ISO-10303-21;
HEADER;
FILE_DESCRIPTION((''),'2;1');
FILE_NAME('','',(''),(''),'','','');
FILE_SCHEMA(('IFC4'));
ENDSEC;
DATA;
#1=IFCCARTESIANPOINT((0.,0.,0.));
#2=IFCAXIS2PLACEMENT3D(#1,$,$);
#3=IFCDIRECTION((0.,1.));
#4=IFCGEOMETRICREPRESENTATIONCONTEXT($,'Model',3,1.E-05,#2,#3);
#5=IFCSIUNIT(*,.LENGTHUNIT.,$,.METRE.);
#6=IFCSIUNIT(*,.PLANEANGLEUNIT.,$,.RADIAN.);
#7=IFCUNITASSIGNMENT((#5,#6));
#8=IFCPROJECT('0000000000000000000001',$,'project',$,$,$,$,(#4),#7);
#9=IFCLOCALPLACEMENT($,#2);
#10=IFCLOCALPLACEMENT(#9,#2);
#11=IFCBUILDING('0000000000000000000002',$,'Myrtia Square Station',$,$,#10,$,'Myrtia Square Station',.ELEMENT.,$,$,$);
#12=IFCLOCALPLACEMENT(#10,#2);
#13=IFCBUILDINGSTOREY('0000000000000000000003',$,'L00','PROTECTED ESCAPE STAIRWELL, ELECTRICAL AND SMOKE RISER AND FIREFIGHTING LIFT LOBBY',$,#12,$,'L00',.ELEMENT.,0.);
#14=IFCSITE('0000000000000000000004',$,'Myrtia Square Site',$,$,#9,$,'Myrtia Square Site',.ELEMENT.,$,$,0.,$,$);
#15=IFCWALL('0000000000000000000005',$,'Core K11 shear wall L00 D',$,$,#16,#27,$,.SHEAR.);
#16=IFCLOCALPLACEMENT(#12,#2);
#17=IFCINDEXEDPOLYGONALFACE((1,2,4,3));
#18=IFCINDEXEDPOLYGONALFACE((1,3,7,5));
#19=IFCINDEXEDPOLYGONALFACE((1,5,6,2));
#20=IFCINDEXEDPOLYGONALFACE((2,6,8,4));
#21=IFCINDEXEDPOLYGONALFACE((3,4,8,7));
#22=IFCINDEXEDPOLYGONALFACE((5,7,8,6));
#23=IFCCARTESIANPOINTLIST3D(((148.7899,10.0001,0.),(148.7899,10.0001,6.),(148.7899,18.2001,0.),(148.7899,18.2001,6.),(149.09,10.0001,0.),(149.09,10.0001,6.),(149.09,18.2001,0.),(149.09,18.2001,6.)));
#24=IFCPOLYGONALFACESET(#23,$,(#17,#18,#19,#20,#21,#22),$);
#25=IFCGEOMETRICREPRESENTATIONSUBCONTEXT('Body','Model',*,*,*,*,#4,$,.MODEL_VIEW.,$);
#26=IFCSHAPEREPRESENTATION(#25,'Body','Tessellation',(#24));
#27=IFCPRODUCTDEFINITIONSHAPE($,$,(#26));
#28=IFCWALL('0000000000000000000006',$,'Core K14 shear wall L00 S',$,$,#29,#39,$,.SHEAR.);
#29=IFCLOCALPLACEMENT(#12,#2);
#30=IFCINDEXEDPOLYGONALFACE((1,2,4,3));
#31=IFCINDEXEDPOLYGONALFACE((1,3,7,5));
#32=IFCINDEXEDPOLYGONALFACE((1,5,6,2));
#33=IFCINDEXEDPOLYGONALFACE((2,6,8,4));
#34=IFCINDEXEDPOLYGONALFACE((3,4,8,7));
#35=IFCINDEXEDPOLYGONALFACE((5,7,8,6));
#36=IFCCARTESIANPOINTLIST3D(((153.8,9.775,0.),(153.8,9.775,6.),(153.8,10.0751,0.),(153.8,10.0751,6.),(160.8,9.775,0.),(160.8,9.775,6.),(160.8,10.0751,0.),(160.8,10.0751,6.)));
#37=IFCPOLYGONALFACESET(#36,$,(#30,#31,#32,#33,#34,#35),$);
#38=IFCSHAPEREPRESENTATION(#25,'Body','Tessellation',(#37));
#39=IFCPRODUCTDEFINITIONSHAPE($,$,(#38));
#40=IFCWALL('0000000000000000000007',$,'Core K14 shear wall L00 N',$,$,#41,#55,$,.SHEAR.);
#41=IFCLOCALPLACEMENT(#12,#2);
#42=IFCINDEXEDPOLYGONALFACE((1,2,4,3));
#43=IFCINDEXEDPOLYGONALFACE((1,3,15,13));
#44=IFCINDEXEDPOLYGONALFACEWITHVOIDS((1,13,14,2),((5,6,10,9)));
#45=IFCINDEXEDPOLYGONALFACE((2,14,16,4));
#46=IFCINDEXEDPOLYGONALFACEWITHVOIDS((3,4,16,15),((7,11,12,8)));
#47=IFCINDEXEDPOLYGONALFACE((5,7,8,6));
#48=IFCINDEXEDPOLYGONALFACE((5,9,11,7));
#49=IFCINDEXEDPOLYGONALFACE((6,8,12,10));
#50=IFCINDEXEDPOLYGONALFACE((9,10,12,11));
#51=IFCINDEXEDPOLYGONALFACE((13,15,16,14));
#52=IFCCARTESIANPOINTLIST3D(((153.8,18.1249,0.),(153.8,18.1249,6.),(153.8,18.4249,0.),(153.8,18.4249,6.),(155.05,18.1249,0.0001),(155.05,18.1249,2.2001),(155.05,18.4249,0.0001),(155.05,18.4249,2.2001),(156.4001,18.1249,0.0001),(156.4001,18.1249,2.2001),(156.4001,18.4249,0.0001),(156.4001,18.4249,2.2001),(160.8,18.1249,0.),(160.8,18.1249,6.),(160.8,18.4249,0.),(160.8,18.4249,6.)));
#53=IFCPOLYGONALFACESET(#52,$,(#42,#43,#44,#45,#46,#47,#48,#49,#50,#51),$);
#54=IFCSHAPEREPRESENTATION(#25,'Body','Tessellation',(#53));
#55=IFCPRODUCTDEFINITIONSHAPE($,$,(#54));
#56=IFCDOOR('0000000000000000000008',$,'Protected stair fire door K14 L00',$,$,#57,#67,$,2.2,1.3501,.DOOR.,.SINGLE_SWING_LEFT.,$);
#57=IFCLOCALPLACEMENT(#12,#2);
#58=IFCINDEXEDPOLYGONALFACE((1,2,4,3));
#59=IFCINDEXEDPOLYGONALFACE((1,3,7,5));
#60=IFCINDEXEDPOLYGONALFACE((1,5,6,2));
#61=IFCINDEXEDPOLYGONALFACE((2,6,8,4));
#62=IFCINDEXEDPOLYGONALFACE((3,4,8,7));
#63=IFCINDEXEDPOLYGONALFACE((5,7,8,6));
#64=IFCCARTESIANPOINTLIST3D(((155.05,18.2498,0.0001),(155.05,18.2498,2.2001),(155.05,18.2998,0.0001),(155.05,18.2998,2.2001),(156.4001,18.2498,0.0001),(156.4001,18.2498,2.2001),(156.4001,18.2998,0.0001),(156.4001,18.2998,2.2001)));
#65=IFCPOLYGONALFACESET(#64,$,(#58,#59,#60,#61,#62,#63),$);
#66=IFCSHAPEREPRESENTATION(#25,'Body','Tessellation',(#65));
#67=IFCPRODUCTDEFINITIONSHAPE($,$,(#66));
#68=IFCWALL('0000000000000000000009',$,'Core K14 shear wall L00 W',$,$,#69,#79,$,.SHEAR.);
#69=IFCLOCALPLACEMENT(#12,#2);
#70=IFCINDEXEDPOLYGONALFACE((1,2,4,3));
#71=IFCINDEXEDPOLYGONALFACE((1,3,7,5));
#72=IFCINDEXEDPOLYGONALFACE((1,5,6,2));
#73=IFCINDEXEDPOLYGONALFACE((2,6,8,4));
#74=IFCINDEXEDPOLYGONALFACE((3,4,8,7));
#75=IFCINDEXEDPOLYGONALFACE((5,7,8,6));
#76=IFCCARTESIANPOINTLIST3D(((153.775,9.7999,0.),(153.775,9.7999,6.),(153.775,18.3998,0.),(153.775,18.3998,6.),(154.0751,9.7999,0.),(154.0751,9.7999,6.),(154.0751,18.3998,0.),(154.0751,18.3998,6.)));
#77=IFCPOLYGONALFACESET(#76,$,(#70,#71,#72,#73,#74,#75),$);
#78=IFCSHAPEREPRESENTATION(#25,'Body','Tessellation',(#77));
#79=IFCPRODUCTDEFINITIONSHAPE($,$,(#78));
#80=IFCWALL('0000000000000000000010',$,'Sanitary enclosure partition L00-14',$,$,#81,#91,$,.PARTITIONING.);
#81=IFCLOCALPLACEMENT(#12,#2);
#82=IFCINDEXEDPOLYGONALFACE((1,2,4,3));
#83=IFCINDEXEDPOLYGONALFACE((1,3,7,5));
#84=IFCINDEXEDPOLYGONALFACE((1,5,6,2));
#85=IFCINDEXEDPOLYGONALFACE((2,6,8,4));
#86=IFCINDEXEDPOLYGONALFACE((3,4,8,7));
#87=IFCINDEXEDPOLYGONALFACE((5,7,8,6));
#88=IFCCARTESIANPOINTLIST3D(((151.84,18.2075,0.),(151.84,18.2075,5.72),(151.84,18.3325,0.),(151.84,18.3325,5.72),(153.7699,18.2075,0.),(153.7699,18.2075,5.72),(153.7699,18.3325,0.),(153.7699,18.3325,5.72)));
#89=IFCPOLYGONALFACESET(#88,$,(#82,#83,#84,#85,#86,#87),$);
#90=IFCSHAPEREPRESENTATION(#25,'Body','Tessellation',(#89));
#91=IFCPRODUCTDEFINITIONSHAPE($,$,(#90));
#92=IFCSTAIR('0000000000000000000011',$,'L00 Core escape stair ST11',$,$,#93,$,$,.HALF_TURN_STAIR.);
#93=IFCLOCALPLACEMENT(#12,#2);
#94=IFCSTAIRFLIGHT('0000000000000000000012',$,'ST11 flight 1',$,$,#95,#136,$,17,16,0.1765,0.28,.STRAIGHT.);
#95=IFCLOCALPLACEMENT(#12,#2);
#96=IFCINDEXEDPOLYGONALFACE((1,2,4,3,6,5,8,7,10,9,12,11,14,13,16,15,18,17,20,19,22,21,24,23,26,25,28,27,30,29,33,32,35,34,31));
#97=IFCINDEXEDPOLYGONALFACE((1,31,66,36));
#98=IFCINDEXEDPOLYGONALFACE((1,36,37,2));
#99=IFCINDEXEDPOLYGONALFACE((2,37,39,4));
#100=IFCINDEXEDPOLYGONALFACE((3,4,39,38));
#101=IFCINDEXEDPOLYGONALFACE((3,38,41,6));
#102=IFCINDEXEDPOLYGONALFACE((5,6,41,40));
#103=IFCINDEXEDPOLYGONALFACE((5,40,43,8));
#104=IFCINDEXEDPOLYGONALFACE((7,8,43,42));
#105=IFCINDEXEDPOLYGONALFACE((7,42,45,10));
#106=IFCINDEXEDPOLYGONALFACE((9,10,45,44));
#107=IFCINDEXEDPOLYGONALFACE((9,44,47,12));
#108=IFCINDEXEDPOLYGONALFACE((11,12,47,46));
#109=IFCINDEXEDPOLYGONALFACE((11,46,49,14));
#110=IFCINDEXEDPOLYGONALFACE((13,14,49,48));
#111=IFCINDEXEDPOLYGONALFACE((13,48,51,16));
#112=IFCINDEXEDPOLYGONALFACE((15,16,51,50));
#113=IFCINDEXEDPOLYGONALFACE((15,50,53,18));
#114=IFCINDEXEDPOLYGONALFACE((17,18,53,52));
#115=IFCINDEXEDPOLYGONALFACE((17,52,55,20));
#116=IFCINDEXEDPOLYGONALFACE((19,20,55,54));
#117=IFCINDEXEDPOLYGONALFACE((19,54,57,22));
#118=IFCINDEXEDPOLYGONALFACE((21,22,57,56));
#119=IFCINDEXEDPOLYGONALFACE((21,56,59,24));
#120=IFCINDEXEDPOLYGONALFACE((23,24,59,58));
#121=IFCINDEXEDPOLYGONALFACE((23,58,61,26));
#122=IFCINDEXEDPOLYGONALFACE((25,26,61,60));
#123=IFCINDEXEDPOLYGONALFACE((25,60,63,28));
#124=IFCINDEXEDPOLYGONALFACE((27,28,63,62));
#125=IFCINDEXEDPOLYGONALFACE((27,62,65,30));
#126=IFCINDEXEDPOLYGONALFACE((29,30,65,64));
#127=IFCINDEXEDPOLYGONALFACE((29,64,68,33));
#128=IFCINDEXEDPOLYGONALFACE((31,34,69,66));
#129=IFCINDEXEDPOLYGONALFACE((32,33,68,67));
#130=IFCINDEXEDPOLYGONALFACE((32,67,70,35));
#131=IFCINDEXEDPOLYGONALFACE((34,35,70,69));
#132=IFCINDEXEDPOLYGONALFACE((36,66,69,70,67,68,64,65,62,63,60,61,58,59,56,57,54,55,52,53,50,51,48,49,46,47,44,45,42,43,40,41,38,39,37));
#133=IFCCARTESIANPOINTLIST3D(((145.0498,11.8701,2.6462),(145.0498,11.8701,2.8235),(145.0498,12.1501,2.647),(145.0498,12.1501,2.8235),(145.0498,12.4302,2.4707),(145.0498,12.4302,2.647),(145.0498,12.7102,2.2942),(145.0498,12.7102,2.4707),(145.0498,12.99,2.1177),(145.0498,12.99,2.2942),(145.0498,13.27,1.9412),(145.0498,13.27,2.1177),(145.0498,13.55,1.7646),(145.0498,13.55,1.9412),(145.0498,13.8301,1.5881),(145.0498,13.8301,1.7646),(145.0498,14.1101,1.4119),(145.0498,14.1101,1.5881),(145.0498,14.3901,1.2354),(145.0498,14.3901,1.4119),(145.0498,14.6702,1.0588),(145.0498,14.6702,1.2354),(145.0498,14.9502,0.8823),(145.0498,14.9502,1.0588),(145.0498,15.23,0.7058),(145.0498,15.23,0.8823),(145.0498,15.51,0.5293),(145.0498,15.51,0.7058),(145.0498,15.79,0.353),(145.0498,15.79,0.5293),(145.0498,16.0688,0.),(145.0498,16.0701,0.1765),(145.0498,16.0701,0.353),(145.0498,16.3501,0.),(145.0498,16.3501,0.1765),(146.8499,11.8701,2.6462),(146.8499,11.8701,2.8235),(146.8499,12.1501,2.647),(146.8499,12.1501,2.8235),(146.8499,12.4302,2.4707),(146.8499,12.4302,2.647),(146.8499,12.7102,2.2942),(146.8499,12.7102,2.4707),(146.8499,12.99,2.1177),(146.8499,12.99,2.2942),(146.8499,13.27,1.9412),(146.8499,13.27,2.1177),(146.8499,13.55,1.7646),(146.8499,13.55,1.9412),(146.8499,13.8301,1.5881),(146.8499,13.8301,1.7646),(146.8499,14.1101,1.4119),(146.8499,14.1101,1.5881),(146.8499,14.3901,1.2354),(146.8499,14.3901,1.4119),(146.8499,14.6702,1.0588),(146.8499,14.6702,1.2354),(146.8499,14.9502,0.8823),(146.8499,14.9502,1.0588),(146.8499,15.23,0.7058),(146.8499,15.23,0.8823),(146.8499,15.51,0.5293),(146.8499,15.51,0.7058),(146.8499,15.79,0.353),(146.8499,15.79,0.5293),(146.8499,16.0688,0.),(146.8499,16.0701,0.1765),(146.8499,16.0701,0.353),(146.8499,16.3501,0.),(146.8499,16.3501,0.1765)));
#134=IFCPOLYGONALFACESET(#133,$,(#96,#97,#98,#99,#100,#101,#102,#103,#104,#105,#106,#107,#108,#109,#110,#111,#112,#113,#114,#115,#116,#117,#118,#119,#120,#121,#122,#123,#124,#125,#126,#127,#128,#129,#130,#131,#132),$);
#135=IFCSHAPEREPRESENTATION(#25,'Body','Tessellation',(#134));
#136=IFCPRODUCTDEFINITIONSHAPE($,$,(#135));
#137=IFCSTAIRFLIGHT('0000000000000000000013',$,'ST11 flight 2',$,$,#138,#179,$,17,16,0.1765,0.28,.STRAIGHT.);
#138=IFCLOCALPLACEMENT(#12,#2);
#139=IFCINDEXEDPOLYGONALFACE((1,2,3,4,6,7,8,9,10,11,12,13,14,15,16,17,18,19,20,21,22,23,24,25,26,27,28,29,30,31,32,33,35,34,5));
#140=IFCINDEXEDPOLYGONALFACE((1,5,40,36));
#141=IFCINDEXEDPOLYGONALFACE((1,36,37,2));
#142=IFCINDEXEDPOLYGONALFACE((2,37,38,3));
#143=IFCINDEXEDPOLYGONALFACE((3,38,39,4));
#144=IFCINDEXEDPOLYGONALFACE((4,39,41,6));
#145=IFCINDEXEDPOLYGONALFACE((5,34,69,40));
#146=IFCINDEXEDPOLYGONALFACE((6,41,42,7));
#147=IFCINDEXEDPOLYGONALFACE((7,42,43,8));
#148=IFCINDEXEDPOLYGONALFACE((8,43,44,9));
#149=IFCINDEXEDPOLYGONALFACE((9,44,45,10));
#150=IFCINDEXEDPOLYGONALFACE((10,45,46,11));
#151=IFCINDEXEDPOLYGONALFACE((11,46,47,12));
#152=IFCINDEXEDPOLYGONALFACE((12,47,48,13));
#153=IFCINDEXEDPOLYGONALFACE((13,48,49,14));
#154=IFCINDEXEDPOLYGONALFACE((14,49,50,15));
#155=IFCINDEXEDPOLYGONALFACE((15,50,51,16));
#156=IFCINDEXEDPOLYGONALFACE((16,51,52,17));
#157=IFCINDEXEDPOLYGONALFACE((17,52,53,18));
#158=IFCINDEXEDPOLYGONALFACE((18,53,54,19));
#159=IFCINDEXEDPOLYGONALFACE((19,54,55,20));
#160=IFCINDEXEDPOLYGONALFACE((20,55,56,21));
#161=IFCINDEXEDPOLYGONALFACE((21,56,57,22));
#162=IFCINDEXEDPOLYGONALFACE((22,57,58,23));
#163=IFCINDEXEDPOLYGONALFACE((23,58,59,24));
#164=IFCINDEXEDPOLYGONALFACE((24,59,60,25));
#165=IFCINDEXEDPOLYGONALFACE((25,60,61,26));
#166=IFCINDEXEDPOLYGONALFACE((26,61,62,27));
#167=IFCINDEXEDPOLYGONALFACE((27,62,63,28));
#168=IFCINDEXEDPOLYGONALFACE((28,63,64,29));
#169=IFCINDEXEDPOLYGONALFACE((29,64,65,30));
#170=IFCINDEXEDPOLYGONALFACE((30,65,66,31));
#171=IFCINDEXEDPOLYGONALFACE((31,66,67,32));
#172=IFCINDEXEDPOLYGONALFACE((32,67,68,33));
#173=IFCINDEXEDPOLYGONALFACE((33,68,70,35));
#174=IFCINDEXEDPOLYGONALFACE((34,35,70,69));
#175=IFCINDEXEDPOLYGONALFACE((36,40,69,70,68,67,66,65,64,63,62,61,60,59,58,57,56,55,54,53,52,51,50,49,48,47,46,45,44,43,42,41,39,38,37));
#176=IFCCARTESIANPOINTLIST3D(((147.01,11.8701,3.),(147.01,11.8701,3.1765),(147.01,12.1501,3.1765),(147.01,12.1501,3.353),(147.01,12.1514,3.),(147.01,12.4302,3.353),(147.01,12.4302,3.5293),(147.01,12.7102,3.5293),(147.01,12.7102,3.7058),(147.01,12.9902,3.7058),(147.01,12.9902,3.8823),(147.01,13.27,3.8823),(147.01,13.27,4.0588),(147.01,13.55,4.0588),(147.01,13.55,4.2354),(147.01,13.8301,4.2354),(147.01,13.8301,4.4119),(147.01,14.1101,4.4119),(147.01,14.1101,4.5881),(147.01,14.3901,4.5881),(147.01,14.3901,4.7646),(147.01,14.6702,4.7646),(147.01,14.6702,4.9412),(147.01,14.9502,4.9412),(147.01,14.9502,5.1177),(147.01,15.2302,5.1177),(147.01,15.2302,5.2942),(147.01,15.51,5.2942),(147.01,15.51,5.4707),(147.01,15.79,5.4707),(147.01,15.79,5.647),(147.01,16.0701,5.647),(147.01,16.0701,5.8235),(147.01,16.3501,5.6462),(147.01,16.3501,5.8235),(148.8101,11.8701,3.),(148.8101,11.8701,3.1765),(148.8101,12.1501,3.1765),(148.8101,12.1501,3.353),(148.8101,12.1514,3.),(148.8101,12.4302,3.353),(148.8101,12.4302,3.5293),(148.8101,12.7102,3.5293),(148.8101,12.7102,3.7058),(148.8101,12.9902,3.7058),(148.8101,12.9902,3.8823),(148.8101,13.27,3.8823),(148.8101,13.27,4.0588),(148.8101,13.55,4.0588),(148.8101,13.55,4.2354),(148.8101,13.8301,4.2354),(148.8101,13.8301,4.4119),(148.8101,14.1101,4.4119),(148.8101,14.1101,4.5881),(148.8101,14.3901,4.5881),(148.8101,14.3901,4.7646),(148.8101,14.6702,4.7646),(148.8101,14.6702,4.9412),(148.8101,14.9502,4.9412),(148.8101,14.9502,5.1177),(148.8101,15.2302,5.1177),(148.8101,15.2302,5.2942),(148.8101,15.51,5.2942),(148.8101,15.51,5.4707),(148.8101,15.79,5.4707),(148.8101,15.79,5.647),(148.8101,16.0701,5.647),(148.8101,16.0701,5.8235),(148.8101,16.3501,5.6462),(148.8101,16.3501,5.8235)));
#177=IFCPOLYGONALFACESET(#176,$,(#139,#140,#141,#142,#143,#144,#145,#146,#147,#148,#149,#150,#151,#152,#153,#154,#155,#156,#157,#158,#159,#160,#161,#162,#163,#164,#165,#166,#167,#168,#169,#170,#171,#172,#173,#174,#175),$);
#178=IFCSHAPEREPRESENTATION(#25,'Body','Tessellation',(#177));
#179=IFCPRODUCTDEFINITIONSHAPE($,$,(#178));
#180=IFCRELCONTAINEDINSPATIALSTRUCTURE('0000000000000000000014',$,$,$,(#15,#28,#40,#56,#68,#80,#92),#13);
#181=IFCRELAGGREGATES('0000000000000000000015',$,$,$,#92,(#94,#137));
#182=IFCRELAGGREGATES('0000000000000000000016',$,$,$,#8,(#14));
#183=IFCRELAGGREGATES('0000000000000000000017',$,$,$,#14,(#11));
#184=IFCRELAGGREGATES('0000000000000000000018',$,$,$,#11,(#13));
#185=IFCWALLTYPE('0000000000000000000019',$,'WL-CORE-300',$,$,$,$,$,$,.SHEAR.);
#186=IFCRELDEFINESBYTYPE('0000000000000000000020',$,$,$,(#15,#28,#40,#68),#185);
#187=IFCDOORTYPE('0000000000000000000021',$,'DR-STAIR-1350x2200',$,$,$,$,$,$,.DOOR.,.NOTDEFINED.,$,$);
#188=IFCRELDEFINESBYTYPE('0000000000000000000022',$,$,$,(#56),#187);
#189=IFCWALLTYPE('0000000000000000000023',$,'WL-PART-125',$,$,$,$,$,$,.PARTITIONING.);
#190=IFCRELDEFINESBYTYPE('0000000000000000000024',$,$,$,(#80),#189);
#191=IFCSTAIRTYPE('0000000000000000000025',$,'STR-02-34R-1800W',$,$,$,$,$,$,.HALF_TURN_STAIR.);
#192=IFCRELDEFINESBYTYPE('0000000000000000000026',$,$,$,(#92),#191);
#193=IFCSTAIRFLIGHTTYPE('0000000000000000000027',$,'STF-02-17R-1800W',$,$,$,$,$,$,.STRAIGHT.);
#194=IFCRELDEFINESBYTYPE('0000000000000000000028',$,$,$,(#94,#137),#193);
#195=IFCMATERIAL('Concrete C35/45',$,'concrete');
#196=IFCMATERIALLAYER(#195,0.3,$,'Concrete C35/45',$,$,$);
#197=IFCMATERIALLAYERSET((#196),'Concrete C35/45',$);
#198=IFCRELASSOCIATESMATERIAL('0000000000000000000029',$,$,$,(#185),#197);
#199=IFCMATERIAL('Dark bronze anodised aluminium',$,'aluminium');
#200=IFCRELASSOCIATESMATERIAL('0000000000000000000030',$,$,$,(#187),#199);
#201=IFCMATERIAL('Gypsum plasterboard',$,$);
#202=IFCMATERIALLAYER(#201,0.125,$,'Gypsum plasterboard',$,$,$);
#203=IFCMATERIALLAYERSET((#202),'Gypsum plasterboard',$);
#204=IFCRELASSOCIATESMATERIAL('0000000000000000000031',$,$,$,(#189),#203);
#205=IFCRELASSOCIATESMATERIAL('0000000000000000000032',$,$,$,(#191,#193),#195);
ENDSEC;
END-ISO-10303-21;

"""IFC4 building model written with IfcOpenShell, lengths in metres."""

from ifc_helpers import new_model, si_unit, direction, frame, frame_2d, origin, place, context, subcontext, project, spatial, polyline, rectangle, outline, extrude, material, layer, layer_set, type_object, element, fill, aggregate, save


model = new_model("IFC4")

# Units and contexts
model_context = context("Model", 3, precision=1e-05, world=origin(), true_north=direction((0.0, 1.0)))
body_context = subcontext(model_context, "Body", "Model", "MODEL_VIEW")
ifc_project = project(units=[si_unit("LENGTHUNIT", "METRE"), si_unit("PLANEANGLEUNIT", "RADIAN")], contexts=[model_context])

# Site, building, storey
site_placement = place(None, origin())
site = spatial("IfcSite", under=ifc_project, at=site_placement, Name="Myrtia Square Site", LongName="Myrtia Square Site", CompositionType="ELEMENT", RefElevation=0.0)
building_placement = place(site_placement, origin())
building = spatial("IfcBuilding", under=site, at=building_placement, Name="Myrtia Square Station", LongName="Myrtia Square Station", CompositionType="ELEMENT")
storey_placement = place(building_placement, origin())
storey = spatial("IfcBuildingStorey", under=building, at=storey_placement, Name="L00", Description="PROTECTED ESCAPE STAIRWELL, ELECTRICAL AND SMOKE RISER AND FIREFIGHTING LIFT LOBBY", LongName="L00", CompositionType="ELEMENT", Elevation=0.0)

# Shared definitions
ifc_material_1 = material(Name="Concrete C35/45", Category="concrete")
ifc_layer_1 = layer(ifc_material_1, 0.3, Name="Concrete C35/45")
ifc_layer_set_1 = layer_set([ifc_layer_1], Name="Concrete C35/45")
wall_type_1 = type_object("IfcWallType", Name="WL-CORE-300", PredefinedType="SHEAR", material=ifc_layer_set_1)
ifc_material_2 = material(Name="Dark bronze anodised aluminium", Category="aluminium")

# Walls
wall_1_placement = place(storey_placement, frame((148.9399, 10.0, 0.0), z_axis=(0.0, 0.0, 1.0), x_axis=(0.0, 1.0, 0.0)))
element("IfcWall", 1, at=wall_1_placement, inside=storey, type_object=wall_type_1, Name="Core K11 shear wall L00 D", PredefinedType="SHEAR", context=body_context, shape_type="SweptSolid", body=[
    extrude(rectangle(XDim=8.2, YDim=0.3, at=frame_2d((4.1001, 0.0))), origin(), (0.0, 0.0, 1.0), 6.0),
])
wall_2_placement = place(storey_placement, frame((153.8, 9.925, 0.0), z_axis=(0.0, 0.0, 1.0), x_axis=(1.0, 0.0, 0.0)))
element("IfcWall", 2, at=wall_2_placement, inside=storey, type_object=wall_type_1, Name="Core K14 shear wall L00 S", PredefinedType="SHEAR", context=body_context, shape_type="SweptSolid", body=[
    extrude(rectangle(XDim=7.0, YDim=0.3, at=frame_2d((3.5, 0.0))), origin(), (0.0, 0.0, 1.0), 6.0),
])

# Wall, opening, door
wall_3_placement = place(storey_placement, frame((153.8, 18.2749, 0.0), z_axis=(0.0, 0.0, 1.0), x_axis=(1.0, 0.0, 0.0)))
wall_3 = element("IfcWall", 3, at=wall_3_placement, inside=storey, type_object=wall_type_1, Name="Core K14 shear wall L00 N", PredefinedType="SHEAR", context=body_context, shape_type="SweptSolid", body=[
    extrude(rectangle(XDim=7.0, YDim=0.3, at=frame_2d((3.5, 0.0))), origin(), (0.0, 0.0, 1.0), 6.0),
])
opening_1_placement = place(wall_3_placement, frame((1.25, 0.0, 0.0)))
opening_1 = element("IfcOpeningElement", 4, at=opening_1_placement, cuts=wall_3, PredefinedType="OPENING", context=body_context, shape_type="SweptSolid", body=[
    extrude(rectangle(XDim=1.3501, YDim=2.2, at=frame_2d((0.675, 1.1001))), frame((0.0, 0.165, 0.0), z_axis=(0.0, -1.0, 0.0), x_axis=(1.0, 0.0, 0.0)), (0.0, 0.0, 1.0), 0.3301),
])
door_type_1 = type_object("IfcDoorType", Name="DR-STAIR-1350x2200", OperationType="NOTDEFINED", PredefinedType="DOOR", material=ifc_material_2)
door_1_placement = place(opening_1_placement, origin())
door_1 = element("IfcDoor", 5, at=door_1_placement, inside=storey, type_object=door_type_1, Name="Protected stair fire door K14 L00", OperationType="SINGLE_SWING_LEFT", OverallHeight=2.2, OverallWidth=1.3501, PredefinedType="DOOR", context=body_context, shape_type="SweptSolid", body=[
    extrude(rectangle(XDim=1.3501, YDim=2.2, at=frame_2d((0.675, 1.1001))), frame((0.0, 0.0249, 0.0), z_axis=(0.0, -1.0, 0.0), x_axis=(1.0, 0.0, 0.0)), (0.0, 0.0, 1.0), 0.05),
])
fill(opening_1, door_1)

# Walls
wall_4_placement = place(storey_placement, frame((153.925, 9.8, 0.0), z_axis=(0.0, 0.0, 1.0), x_axis=(0.0, 1.0, 0.0)))
element("IfcWall", 6, at=wall_4_placement, inside=storey, type_object=wall_type_1, Name="Core K14 shear wall L00 W", PredefinedType="SHEAR", context=body_context, shape_type="SweptSolid", body=[
    extrude(rectangle(XDim=8.5999, YDim=0.3, at=frame_2d((4.2998, 0.0))), origin(), (0.0, 0.0, 1.0), 6.0),
])
ifc_material_3 = material(Name="Gypsum plasterboard")
ifc_layer_2 = layer(ifc_material_3, 0.125, Name="Gypsum plasterboard")
ifc_layer_set_2 = layer_set([ifc_layer_2], Name="Gypsum plasterboard")
wall_type_2 = type_object("IfcWallType", Name="WL-PART-125", PredefinedType="PARTITIONING", material=ifc_layer_set_2)
wall_5_placement = place(storey_placement, frame((151.8401, 18.27, 0.0), z_axis=(0.0, 0.0, 1.0), x_axis=(1.0, 0.0, 0.0)))
element("IfcWall", 7, at=wall_5_placement, inside=storey, type_object=wall_type_2, Name="Sanitary enclosure partition L00-14", PredefinedType="PARTITIONING", context=body_context, shape_type="SweptSolid", body=[
    extrude(rectangle(XDim=1.9299, YDim=0.125, at=frame_2d((0.9648, 0.0))), origin(), (0.0, 0.0, 1.0), 5.72),
])

# Stair, stair flights
stair_type = type_object("IfcStairType", Name="STR-02-34R-1800W", PredefinedType="HALF_TURN_STAIR", material=ifc_material_1)
stair_placement = place(storey_placement, origin())
stair = element("IfcStair", 8, at=stair_placement, inside=storey, type_object=stair_type, Name="L00 Core escape stair ST11", PredefinedType="HALF_TURN_STAIR")
stair_flight_type = type_object("IfcStairFlightType", Name="STF-02-17R-1800W", PredefinedType="STRAIGHT", material=ifc_material_1)
stair_flight_1_placement = place(storey_placement, frame((145.95, 16.3501, 0.0), z_axis=(0.0, 0.0, 1.0), x_axis=(0.0, -1.0, 0.0)))
stair_flight_1 = element("IfcStairFlight", 9, at=stair_flight_1_placement, type_object=stair_flight_type, Name="ST11 flight 1", NumberOfRisers=17, NumberOfTreads=16, PredefinedType="STRAIGHT", RiserHeight=0.1765, TreadLength=0.28, context=body_context, shape_type="SweptSolid", body=[
    extrude(outline(polyline([(0.0, 0.0), (0.0, 0.1765), (0.28, 0.1765), (0.28, 0.353), (0.5601, 0.353), (0.5601, 0.5293), (0.8401, 0.5293), (0.8401, 0.7058), (1.1201, 0.7058), (1.1201, 0.8823), (1.3999, 0.8823), (1.3999, 1.0588), (1.6799, 1.0588), (1.6799, 1.2354), (1.96, 1.2354), (1.96, 1.4119), (2.24, 1.4119), (2.24, 1.5881), (2.52, 1.5881), (2.52, 1.7646), (2.8, 1.7646), (2.8, 1.9412), (3.0801, 1.9412), (3.0801, 2.1177), (3.3601, 2.1177), (3.3601, 2.2942), (3.6399, 2.2942), (3.6399, 2.4707), (3.9199, 2.4707), (3.9199, 2.647), (4.2, 2.647), (4.2, 2.8235), (4.48, 2.8235), (4.48, 3.0), (4.48, 2.6462), (0.2812, 0.0), (0.0, 0.0)])), frame((0.0, 0.8999, 0.0), z_axis=(0.0, -1.0, 0.0), x_axis=(1.0, 0.0, 0.0)), (0.0, 0.0, 1.0), 1.8),
])
stair_flight_2_placement = place(storey_placement, frame((147.9099, 11.8701, 3.0), z_axis=(0.0, 0.0, 1.0), x_axis=(0.0, 1.0, 0.0)))
stair_flight_2 = element("IfcStairFlight", 10, at=stair_flight_2_placement, type_object=stair_flight_type, Name="ST11 flight 2", NumberOfRisers=17, NumberOfTreads=16, PredefinedType="STRAIGHT", RiserHeight=0.1765, TreadLength=0.28, context=body_context, shape_type="SweptSolid", body=[
    extrude(outline(polyline([(0.0, 0.0), (0.0, 0.1765), (0.28, 0.1765), (0.28, 0.353), (0.5601, 0.353), (0.5601, 0.5293), (0.8401, 0.5293), (0.8401, 0.7058), (1.1201, 0.7058), (1.1201, 0.8823), (1.3999, 0.8823), (1.3999, 1.0588), (1.6799, 1.0588), (1.6799, 1.2354), (1.96, 1.2354), (1.96, 1.4119), (2.24, 1.4119), (2.24, 1.5881), (2.52, 1.5881), (2.52, 1.7646), (2.8, 1.7646), (2.8, 1.9412), (3.0801, 1.9412), (3.0801, 2.1177), (3.3601, 2.1177), (3.3601, 2.2942), (3.6399, 2.2942), (3.6399, 2.4707), (3.9199, 2.4707), (3.9199, 2.647), (4.2, 2.647), (4.2, 2.8235), (4.48, 2.8235), (4.48, 3.0), (4.48, 2.6462), (0.2812, 0.0), (0.0, 0.0)])), frame((0.0, 0.8999, 0.0), z_axis=(0.0, -1.0, 0.0), x_axis=(1.0, 0.0, 0.0)), (0.0, 0.0, 1.0), 1.8),
])
aggregate(stair, [stair_flight_1, stair_flight_2])

save(model, "model.ifc")
